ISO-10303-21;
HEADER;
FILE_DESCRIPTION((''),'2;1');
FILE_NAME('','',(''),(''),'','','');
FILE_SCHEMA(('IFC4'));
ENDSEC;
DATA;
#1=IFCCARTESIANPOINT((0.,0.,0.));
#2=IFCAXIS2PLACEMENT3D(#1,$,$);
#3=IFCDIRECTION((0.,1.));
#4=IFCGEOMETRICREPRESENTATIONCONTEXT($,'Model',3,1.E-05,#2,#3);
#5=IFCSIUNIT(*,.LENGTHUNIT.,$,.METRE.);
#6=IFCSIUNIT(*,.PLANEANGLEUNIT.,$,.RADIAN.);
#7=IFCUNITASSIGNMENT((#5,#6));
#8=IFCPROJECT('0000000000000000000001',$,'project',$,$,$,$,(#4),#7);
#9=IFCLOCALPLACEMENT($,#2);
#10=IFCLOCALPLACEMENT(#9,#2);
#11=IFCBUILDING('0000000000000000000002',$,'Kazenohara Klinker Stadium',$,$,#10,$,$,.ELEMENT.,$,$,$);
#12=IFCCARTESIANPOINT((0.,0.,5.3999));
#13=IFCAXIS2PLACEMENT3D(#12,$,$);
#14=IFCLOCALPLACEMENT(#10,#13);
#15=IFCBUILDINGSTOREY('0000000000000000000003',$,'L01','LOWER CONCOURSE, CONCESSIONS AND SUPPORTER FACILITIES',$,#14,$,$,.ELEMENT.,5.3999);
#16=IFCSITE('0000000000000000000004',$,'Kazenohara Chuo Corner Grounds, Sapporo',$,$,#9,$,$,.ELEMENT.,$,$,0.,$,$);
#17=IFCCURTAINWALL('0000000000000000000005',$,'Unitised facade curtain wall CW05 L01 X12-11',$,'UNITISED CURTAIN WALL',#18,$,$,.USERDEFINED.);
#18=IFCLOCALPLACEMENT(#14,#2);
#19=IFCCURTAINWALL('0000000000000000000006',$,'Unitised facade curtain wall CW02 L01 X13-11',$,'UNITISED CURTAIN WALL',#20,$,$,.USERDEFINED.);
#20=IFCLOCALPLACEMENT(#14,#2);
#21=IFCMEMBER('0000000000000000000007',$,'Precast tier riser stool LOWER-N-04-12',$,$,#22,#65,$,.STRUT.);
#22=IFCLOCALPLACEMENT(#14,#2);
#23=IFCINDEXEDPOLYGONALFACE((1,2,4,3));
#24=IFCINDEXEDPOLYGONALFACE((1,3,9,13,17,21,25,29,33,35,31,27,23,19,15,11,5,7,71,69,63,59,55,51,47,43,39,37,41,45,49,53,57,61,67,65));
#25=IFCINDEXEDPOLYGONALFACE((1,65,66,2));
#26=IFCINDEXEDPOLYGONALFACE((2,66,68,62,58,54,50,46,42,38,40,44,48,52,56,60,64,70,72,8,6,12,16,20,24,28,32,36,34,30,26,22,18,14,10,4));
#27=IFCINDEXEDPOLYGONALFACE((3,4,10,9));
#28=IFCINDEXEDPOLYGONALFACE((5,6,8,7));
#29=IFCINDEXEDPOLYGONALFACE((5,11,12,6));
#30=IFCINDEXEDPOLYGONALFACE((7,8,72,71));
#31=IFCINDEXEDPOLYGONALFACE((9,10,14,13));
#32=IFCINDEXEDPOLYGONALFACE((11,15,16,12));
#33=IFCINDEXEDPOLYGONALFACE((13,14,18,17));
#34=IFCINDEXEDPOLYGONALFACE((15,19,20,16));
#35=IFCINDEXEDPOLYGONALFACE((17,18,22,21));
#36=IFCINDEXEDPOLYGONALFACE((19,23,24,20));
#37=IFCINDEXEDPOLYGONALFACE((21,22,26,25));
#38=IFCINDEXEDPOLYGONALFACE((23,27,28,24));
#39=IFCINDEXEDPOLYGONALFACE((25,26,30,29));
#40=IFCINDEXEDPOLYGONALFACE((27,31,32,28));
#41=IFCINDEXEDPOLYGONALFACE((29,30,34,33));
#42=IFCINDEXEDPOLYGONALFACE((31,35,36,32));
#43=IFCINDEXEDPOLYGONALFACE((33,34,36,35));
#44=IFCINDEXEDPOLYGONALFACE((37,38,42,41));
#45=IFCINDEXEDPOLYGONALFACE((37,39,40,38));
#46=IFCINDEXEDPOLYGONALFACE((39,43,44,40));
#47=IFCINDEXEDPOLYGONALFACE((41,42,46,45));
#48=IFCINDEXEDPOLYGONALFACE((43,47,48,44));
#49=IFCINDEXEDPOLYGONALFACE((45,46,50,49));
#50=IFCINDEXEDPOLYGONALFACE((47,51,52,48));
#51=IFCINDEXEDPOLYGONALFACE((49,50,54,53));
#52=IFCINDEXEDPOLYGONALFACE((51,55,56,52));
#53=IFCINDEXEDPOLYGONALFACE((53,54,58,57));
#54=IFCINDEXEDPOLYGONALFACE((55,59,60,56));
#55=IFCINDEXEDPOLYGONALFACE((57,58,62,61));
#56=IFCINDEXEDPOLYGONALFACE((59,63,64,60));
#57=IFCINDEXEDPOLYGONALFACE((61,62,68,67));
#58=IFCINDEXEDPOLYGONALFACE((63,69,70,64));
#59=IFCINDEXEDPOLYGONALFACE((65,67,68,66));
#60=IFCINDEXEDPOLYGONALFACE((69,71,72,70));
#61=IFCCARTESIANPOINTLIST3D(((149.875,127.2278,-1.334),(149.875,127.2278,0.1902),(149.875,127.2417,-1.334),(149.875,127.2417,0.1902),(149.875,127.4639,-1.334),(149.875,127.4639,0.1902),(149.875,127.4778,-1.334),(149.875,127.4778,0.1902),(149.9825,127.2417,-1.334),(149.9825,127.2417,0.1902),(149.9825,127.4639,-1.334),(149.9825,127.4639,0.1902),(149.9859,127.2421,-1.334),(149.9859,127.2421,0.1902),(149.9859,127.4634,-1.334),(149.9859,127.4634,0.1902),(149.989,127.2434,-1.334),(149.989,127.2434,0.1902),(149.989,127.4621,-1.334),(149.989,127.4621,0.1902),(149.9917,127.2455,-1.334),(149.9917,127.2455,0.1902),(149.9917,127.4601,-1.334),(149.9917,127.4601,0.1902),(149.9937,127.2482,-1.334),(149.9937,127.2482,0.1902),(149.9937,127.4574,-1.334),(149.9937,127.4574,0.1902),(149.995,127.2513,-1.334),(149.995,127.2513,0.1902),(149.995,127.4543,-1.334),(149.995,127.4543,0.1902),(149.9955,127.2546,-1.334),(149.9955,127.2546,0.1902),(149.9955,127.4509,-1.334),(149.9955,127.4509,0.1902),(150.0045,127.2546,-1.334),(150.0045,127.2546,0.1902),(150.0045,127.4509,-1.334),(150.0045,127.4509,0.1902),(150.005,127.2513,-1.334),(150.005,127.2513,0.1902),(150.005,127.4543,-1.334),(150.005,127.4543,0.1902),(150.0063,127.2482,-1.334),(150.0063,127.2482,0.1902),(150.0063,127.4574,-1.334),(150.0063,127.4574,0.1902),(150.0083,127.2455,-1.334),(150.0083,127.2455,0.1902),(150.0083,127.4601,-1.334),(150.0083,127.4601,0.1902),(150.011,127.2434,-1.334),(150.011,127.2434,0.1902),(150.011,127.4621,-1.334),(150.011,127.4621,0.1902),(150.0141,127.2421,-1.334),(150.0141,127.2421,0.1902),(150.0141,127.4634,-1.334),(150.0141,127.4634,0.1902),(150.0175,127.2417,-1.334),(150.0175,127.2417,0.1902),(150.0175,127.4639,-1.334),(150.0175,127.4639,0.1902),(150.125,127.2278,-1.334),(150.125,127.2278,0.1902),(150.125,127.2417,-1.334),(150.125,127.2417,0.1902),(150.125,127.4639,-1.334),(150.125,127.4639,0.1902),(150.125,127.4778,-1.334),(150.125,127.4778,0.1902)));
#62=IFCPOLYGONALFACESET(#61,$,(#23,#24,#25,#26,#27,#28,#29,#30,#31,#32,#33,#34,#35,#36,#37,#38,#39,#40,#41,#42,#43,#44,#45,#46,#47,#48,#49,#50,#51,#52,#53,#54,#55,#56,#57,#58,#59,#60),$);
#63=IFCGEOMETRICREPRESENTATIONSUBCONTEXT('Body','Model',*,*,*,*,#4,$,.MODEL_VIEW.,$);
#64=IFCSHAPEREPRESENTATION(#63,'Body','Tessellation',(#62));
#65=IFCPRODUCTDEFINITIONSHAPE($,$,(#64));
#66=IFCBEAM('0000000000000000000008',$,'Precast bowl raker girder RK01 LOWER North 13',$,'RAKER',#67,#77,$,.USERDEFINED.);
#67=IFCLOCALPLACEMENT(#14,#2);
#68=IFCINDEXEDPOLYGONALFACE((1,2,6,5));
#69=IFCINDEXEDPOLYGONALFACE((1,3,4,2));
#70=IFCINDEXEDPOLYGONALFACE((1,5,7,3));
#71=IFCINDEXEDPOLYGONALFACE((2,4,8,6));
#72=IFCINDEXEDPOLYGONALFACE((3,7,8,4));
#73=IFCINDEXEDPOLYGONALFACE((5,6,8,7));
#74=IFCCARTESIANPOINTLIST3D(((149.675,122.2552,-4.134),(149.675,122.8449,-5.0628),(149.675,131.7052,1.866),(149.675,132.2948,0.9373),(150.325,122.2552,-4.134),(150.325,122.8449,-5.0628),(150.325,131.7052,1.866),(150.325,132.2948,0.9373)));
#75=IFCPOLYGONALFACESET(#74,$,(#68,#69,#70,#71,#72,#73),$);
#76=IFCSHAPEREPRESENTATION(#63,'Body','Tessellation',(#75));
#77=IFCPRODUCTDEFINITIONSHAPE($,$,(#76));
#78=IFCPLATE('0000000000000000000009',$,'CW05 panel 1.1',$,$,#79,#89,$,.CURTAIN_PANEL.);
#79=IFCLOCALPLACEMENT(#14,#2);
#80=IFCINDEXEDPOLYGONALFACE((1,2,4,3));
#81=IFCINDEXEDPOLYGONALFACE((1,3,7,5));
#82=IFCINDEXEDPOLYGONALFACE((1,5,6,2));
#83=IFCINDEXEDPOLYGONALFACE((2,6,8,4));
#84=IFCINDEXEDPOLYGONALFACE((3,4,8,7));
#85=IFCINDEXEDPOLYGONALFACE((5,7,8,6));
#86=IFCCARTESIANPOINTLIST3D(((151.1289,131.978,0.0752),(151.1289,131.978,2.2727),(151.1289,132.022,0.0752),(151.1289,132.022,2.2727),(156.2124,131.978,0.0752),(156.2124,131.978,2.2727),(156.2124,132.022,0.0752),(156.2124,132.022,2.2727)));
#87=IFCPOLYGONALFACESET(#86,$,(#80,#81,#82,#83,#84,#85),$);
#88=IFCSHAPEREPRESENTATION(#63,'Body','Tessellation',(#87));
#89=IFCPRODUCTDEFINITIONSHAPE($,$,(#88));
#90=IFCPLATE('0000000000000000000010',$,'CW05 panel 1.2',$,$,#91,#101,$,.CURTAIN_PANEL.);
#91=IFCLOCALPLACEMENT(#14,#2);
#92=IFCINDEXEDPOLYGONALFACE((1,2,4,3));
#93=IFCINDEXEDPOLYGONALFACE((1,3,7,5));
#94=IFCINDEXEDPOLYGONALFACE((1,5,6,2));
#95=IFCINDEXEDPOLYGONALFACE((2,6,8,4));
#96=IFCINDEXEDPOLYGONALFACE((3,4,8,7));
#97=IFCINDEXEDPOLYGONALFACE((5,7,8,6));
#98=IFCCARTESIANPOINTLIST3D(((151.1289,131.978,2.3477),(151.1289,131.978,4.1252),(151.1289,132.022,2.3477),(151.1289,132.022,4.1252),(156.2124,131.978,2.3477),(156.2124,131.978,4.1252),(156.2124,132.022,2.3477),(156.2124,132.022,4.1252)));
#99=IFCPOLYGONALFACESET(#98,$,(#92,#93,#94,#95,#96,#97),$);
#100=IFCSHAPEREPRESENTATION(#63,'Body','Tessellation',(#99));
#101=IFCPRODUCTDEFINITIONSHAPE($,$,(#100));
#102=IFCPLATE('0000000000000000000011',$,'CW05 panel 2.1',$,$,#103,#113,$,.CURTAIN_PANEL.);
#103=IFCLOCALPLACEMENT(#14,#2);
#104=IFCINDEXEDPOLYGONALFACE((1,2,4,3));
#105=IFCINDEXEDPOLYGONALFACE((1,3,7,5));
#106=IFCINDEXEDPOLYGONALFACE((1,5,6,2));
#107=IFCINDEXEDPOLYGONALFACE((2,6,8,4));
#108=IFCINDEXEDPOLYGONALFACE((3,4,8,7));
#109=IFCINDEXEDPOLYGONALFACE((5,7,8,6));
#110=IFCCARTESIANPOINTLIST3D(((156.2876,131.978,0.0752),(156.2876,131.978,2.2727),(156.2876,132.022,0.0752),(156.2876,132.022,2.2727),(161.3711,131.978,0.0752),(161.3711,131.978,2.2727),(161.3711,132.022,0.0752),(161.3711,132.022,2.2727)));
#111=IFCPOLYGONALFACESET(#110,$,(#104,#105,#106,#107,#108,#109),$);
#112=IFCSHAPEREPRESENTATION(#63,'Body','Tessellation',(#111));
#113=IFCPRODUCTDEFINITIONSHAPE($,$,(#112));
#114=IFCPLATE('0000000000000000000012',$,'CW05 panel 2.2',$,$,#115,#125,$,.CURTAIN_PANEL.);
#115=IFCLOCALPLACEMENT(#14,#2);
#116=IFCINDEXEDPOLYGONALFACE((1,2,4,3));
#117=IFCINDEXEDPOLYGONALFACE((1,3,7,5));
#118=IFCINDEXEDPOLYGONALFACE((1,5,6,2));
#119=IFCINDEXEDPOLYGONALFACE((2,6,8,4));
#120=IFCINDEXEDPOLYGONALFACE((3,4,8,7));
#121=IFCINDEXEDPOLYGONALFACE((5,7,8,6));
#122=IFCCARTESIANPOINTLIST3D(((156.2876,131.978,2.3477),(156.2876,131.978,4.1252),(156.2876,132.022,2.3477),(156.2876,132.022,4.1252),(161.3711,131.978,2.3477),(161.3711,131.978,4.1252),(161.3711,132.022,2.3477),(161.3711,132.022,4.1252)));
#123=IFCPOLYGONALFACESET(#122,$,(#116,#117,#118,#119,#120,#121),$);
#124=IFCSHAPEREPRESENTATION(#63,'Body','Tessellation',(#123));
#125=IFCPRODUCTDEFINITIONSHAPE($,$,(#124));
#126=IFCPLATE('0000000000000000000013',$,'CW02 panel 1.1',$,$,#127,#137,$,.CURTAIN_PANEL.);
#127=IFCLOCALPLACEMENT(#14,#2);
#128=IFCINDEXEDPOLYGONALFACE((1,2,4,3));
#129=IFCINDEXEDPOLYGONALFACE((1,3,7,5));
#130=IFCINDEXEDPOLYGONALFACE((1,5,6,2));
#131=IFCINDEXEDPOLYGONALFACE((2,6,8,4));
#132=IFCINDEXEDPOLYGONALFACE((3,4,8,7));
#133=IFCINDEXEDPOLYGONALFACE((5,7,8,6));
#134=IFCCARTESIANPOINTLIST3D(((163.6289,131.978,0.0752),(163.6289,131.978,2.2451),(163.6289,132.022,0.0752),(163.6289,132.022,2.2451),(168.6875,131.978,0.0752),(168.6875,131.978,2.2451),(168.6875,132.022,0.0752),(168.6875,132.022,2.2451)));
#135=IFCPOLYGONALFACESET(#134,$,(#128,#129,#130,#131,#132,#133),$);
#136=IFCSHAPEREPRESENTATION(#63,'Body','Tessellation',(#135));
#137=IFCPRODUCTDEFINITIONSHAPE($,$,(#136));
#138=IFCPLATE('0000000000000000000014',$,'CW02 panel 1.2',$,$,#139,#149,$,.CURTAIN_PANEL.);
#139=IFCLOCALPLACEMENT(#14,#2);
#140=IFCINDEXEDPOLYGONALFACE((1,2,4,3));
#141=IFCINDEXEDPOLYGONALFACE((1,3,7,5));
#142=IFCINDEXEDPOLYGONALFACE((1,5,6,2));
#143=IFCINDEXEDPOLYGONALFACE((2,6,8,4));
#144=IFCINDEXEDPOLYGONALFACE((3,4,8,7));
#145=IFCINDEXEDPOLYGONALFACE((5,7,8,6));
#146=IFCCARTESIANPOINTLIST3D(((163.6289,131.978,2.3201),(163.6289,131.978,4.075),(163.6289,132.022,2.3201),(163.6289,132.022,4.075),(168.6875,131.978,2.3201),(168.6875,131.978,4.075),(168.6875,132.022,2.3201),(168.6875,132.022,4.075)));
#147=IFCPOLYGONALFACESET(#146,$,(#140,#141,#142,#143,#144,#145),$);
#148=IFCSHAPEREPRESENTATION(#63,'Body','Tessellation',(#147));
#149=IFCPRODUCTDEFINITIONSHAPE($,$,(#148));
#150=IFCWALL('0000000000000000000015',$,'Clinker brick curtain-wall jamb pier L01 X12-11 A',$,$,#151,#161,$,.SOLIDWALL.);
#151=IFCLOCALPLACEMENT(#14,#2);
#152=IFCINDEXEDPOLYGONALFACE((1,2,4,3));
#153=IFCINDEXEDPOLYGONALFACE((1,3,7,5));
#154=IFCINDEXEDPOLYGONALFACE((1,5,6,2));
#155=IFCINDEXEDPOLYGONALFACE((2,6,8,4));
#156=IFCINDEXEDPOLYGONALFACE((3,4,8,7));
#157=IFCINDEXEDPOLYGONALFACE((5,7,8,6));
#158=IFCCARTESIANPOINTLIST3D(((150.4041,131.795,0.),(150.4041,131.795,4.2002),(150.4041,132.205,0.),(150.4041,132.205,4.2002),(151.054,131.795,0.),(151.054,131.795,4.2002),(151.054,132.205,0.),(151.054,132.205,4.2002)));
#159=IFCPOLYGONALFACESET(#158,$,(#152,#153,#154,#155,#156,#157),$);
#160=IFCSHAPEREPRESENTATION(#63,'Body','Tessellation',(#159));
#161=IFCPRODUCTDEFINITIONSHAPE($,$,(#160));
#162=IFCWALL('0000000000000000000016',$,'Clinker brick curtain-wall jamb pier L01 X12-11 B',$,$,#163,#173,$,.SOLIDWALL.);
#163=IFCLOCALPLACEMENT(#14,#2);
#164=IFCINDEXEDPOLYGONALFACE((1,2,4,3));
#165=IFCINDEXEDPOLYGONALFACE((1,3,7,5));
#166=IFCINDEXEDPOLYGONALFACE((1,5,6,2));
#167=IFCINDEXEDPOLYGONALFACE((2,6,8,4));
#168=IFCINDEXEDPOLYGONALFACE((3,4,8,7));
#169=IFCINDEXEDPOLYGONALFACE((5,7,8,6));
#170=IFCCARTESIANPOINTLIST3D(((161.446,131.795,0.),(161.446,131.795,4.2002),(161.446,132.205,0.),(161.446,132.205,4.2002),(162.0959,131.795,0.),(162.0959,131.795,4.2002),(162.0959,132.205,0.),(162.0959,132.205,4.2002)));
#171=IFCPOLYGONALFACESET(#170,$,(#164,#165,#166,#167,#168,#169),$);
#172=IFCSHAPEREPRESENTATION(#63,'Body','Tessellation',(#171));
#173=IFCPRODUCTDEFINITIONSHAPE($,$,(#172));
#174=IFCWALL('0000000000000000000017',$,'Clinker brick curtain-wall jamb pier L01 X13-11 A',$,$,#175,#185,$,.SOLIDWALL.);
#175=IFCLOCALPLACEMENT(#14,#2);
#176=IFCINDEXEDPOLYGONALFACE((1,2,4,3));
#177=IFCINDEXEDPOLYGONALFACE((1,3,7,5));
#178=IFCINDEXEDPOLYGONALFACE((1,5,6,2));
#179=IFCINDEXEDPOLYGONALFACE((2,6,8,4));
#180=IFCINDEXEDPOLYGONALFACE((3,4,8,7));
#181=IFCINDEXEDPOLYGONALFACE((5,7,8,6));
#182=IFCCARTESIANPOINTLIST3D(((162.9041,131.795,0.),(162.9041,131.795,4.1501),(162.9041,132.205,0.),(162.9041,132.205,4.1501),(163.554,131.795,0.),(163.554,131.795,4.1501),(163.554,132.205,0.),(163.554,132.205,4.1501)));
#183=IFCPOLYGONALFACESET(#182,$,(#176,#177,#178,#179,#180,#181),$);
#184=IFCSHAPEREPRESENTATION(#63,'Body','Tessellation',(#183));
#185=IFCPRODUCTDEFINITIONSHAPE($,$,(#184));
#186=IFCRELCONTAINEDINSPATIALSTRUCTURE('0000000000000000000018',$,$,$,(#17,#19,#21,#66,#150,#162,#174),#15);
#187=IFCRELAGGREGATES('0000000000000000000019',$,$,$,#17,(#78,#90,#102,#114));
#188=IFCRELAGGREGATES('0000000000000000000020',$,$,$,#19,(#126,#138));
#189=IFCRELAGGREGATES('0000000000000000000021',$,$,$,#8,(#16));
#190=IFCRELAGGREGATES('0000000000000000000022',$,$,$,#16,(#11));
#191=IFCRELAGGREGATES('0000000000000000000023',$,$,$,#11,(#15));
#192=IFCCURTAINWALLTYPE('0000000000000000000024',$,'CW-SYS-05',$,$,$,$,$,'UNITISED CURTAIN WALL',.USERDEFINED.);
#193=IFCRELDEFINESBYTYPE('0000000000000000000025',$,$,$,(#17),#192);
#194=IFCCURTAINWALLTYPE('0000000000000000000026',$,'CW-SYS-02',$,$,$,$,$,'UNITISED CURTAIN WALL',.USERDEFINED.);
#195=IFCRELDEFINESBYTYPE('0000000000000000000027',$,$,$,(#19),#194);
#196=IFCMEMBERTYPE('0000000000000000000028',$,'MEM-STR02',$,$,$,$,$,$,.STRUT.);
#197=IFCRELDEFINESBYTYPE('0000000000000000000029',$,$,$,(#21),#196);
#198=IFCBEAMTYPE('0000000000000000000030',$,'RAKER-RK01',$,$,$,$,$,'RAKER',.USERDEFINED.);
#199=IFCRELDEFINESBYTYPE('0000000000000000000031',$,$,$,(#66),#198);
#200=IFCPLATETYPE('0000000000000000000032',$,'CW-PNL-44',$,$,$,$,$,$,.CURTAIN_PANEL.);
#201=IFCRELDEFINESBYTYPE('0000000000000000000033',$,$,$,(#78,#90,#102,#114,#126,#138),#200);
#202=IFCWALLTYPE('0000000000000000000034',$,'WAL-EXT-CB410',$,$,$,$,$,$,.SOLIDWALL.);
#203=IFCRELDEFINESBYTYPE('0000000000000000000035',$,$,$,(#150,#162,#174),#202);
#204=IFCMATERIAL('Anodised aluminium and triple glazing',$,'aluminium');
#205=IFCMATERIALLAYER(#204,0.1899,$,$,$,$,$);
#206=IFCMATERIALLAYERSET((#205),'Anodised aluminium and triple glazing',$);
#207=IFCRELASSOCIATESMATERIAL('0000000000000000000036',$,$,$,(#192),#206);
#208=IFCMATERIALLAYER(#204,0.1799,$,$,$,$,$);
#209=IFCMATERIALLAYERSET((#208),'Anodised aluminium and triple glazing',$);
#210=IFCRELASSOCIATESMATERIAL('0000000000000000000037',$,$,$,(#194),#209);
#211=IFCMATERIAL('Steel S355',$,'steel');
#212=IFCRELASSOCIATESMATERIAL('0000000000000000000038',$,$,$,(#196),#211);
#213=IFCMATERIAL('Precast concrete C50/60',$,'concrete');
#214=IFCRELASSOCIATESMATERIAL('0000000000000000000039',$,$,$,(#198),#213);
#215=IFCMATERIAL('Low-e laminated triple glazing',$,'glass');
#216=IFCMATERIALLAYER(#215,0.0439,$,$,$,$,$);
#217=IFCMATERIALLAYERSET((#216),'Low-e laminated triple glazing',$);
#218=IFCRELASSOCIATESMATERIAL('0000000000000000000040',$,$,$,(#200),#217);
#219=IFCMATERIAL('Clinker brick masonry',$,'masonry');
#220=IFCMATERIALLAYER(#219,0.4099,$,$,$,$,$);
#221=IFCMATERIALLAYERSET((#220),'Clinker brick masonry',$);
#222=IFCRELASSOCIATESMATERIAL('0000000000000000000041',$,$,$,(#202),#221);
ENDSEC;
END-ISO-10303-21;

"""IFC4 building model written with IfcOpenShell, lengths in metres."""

from ifc_helpers import new_model, si_unit, direction, frame, frame_2d, origin, origin_2d, place, context, subcontext, project, spatial, rectangle, i_section, extrude, material, layer, layer_set, material_profile, profile_set, type_object, element, aggregate, save


model = new_model("IFC4")

# Units and contexts
model_context = context("Model", 3, precision=1e-05, world=origin(), true_north=direction((0.0, 1.0)))
body_context = subcontext(model_context, "Body", "Model", "MODEL_VIEW")
ifc_project = project(units=[si_unit("LENGTHUNIT", "METRE"), si_unit("PLANEANGLEUNIT", "RADIAN")], contexts=[model_context])

# Site, building, storey
site_placement = place(None, origin())
site = spatial("IfcSite", under=ifc_project, at=site_placement, Name="Kazenohara Chuo Corner Grounds, Sapporo", CompositionType="ELEMENT", RefElevation=0.0)
building_placement = place(site_placement, origin())
building = spatial("IfcBuilding", under=site, at=building_placement, Name="Kazenohara Klinker Stadium", CompositionType="ELEMENT")
storey_placement = place(building_placement, frame((0.0, 0.0, 5.3999)))
storey = spatial("IfcBuildingStorey", under=building, at=storey_placement, Name="L01", Description="LOWER CONCOURSE, CONCESSIONS AND SUPPORTER FACILITIES", CompositionType="ELEMENT", Elevation=5.3999)

# Shared definitions
ifc_material_1 = material(Name="Steel S355", Category="steel")

# Curtain walls
ifc_material_2 = material(Name="Anodised aluminium and triple glazing", Category="aluminium")
ifc_layer_1 = layer(ifc_material_2, 0.1899)
ifc_layer_set_1 = layer_set([ifc_layer_1], Name="Anodised aluminium and triple glazing")
curtain_wall_type_1 = type_object("IfcCurtainWallType", Name="CW-SYS-05", ElementType="UNITISED CURTAIN WALL", PredefinedType="USERDEFINED", material=ifc_layer_set_1)
curtain_wall_1_placement = place(storey_placement, origin())
curtain_wall_1 = element("IfcCurtainWall", 1, at=curtain_wall_1_placement, inside=storey, type_object=curtain_wall_type_1, Name="Unitised facade curtain wall CW05 L01 X12-11", ObjectType="UNITISED CURTAIN WALL", PredefinedType="USERDEFINED")
ifc_layer_2 = layer(ifc_material_2, 0.1799)
ifc_layer_set_2 = layer_set([ifc_layer_2], Name="Anodised aluminium and triple glazing")
curtain_wall_type_2 = type_object("IfcCurtainWallType", Name="CW-SYS-02", ElementType="UNITISED CURTAIN WALL", PredefinedType="USERDEFINED", material=ifc_layer_set_2)
curtain_wall_2_placement = place(storey_placement, origin())
curtain_wall_2 = element("IfcCurtainWall", 2, at=curtain_wall_2_placement, inside=storey, type_object=curtain_wall_type_2, Name="Unitised facade curtain wall CW02 L01 X13-11", ObjectType="UNITISED CURTAIN WALL", PredefinedType="USERDEFINED")

# Member
ifc_material_profile_1 = material_profile(ifc_material_1, i_section(OverallWidth=0.25, OverallDepth=0.25, WebThickness=0.009, FlangeThickness=0.0139, FilletRadius=0.0129, at=origin_2d()), Name="H-250x250x9x14")
ifc_profile_set_1 = profile_set([ifc_material_profile_1], Name="Steel S355")
member_type_1 = type_object("IfcMemberType", Name="MEM-STR02", PredefinedType="STRUT", material=ifc_profile_set_1)
member_1_placement = place(storey_placement, frame((150.0, 127.3528, -1.334), z_axis=(0.0, 0.0, 1.0), x_axis=(1.0, 0.0, 0.0)))
element("IfcMember", 3, at=member_1_placement, inside=storey, type_object=member_type_1, Name="Precast tier riser stool LOWER-N-04-12", PredefinedType="STRUT", context=body_context, shape_type="SweptSolid", body=[
    extrude(i_section(OverallWidth=0.25, OverallDepth=0.25, WebThickness=0.009, FlangeThickness=0.0139, FilletRadius=0.0129, at=origin_2d()), origin(), (0.0, 0.0, 1.0), 1.5242),
])

# Beam
ifc_material_3 = material(Name="Precast concrete C50/60", Category="concrete")
ifc_material_profile_2 = material_profile(ifc_material_3, rectangle(XDim=0.6499, YDim=1.1001, at=origin_2d()), Name="PC-RAKER-650x1100")
ifc_profile_set_2 = profile_set([ifc_material_profile_2], Name="Precast concrete C50/60")
beam_type_1 = type_object("IfcBeamType", Name="RAKER-RK01", ElementType="RAKER", PredefinedType="USERDEFINED", material=ifc_profile_set_2)
beam_1_placement = place(storey_placement, frame((150.0, 132.0, 1.4016), z_axis=(0.0, -0.844212, -0.53601), x_axis=(1.0, 0.0, 0.0)))
element("IfcBeam", 4, at=beam_1_placement, inside=storey, type_object=beam_type_1, Name="Precast bowl raker girder RK01 LOWER North 13", ObjectType="RAKER", PredefinedType="USERDEFINED", context=body_context, shape_type="SweptSolid", body=[
    extrude(rectangle(XDim=0.6499, YDim=1.1001, at=origin_2d()), origin(), (0.0, 0.0, 1.0), 11.1938),
])

# Plates
ifc_material_4 = material(Name="Low-e laminated triple glazing", Category="glass")
ifc_layer_3 = layer(ifc_material_4, 0.0439)
ifc_layer_set_3 = layer_set([ifc_layer_3], Name="Low-e laminated triple glazing")
plate_type = type_object("IfcPlateType", Name="CW-PNL-44", PredefinedType="CURTAIN_PANEL", material=ifc_layer_set_3)
plate_1_placement = place(storey_placement, frame((153.6707, 132.0, 0.0752), z_axis=(0.0, 0.0, 1.0), x_axis=(1.0, 0.0, 0.0)))
plate_1 = element("IfcPlate", 5, at=plate_1_placement, type_object=plate_type, Name="CW05 panel 1.1", PredefinedType="CURTAIN_PANEL", context=body_context, shape_type="SweptSolid", body=[
    extrude(rectangle(XDim=5.0835, YDim=0.0439, at=origin_2d()), origin(), (0.0, 0.0, 1.0), 2.1975),
])
plate_2_placement = place(storey_placement, frame((153.6707, 132.0, 2.3477), z_axis=(0.0, 0.0, 1.0), x_axis=(1.0, 0.0, 0.0)))
plate_2 = element("IfcPlate", 6, at=plate_2_placement, type_object=plate_type, Name="CW05 panel 1.2", PredefinedType="CURTAIN_PANEL", context=body_context, shape_type="SweptSolid", body=[
    extrude(rectangle(XDim=5.0835, YDim=0.0439, at=origin_2d()), origin(), (0.0, 0.0, 1.0), 1.7776),
])
plate_3_placement = place(storey_placement, frame((158.8293, 132.0, 0.0752), z_axis=(0.0, 0.0, 1.0), x_axis=(1.0, 0.0, 0.0)))
plate_3 = element("IfcPlate", 7, at=plate_3_placement, type_object=plate_type, Name="CW05 panel 2.1", PredefinedType="CURTAIN_PANEL", context=body_context, shape_type="SweptSolid", body=[
    extrude(rectangle(XDim=5.0835, YDim=0.0439, at=origin_2d()), origin(), (0.0, 0.0, 1.0), 2.1975),
])
plate_4_placement = place(storey_placement, frame((158.8293, 132.0, 2.3477), z_axis=(0.0, 0.0, 1.0), x_axis=(1.0, 0.0, 0.0)))
plate_4 = element("IfcPlate", 8, at=plate_4_placement, type_object=plate_type, Name="CW05 panel 2.2", PredefinedType="CURTAIN_PANEL", context=body_context, shape_type="SweptSolid", body=[
    extrude(rectangle(XDim=5.0835, YDim=0.0439, at=origin_2d()), origin(), (0.0, 0.0, 1.0), 1.7776),
])
aggregate(curtain_wall_1, [plate_1, plate_2, plate_3, plate_4])
plate_5_placement = place(storey_placement, frame((166.1582, 132.0, 0.0752), z_axis=(0.0, 0.0, 1.0), x_axis=(1.0, 0.0, 0.0)))
plate_5 = element("IfcPlate", 9, at=plate_5_placement, type_object=plate_type, Name="CW02 panel 1.1", PredefinedType="CURTAIN_PANEL", context=body_context, shape_type="SweptSolid", body=[
    extrude(rectangle(XDim=5.0586, YDim=0.0439, at=origin_2d()), origin(), (0.0, 0.0, 1.0), 2.1699),
])
plate_6_placement = place(storey_placement, frame((166.1582, 132.0, 2.3201), z_axis=(0.0, 0.0, 1.0), x_axis=(1.0, 0.0, 0.0)))
plate_6 = element("IfcPlate", 10, at=plate_6_placement, type_object=plate_type, Name="CW02 panel 1.2", PredefinedType="CURTAIN_PANEL", context=body_context, shape_type="SweptSolid", body=[
    extrude(rectangle(XDim=5.0586, YDim=0.0439, at=origin_2d()), origin(), (0.0, 0.0, 1.0), 1.7549),
])
aggregate(curtain_wall_2, [plate_5, plate_6])

# Walls
ifc_material_5 = material(Name="Clinker brick masonry", Category="masonry")
ifc_layer_4 = layer(ifc_material_5, 0.4099)
ifc_layer_set_4 = layer_set([ifc_layer_4], Name="Clinker brick masonry")
wall_type = type_object("IfcWallType", Name="WAL-EXT-CB410", PredefinedType="SOLIDWALL", material=ifc_layer_set_4)
for number, where, z_axis, x_axis, name in (
    (11, (150.4041, 132.0, 0.0), (0.0, 0.0, 1.0), (1.0, 0.0, 0.0), "Clinker brick curtain-wall jamb pier L01 X12-11 A"),
    (12, (161.446, 132.0, 0.0), (0.0, 0.0, 1.0), (1.0, 0.0, 0.0), "Clinker brick curtain-wall jamb pier L01 X12-11 B"),
):
    element("IfcWall", number, at=place(storey_placement, frame(where, z_axis=z_axis, x_axis=x_axis)), inside=storey, type_object=wall_type, Name=name, PredefinedType="SOLIDWALL", context=body_context, shape_type="SweptSolid", body=[
        extrude(rectangle(XDim=0.6499, YDim=0.4099, at=frame_2d((0.325, 0.0))), origin(), (0.0, 0.0, 1.0), 4.2002),
    ])
wall_placement = place(storey_placement, frame((162.9041, 132.0, 0.0), z_axis=(0.0, 0.0, 1.0), x_axis=(1.0, 0.0, 0.0)))
element("IfcWall", 13, at=wall_placement, inside=storey, type_object=wall_type, Name="Clinker brick curtain-wall jamb pier L01 X13-11 A", PredefinedType="SOLIDWALL", context=body_context, shape_type="SweptSolid", body=[
    extrude(rectangle(XDim=0.6499, YDim=0.4099, at=frame_2d((0.325, 0.0))), origin(), (0.0, 0.0, 1.0), 4.1501),
])

save(model, "model.ifc")
